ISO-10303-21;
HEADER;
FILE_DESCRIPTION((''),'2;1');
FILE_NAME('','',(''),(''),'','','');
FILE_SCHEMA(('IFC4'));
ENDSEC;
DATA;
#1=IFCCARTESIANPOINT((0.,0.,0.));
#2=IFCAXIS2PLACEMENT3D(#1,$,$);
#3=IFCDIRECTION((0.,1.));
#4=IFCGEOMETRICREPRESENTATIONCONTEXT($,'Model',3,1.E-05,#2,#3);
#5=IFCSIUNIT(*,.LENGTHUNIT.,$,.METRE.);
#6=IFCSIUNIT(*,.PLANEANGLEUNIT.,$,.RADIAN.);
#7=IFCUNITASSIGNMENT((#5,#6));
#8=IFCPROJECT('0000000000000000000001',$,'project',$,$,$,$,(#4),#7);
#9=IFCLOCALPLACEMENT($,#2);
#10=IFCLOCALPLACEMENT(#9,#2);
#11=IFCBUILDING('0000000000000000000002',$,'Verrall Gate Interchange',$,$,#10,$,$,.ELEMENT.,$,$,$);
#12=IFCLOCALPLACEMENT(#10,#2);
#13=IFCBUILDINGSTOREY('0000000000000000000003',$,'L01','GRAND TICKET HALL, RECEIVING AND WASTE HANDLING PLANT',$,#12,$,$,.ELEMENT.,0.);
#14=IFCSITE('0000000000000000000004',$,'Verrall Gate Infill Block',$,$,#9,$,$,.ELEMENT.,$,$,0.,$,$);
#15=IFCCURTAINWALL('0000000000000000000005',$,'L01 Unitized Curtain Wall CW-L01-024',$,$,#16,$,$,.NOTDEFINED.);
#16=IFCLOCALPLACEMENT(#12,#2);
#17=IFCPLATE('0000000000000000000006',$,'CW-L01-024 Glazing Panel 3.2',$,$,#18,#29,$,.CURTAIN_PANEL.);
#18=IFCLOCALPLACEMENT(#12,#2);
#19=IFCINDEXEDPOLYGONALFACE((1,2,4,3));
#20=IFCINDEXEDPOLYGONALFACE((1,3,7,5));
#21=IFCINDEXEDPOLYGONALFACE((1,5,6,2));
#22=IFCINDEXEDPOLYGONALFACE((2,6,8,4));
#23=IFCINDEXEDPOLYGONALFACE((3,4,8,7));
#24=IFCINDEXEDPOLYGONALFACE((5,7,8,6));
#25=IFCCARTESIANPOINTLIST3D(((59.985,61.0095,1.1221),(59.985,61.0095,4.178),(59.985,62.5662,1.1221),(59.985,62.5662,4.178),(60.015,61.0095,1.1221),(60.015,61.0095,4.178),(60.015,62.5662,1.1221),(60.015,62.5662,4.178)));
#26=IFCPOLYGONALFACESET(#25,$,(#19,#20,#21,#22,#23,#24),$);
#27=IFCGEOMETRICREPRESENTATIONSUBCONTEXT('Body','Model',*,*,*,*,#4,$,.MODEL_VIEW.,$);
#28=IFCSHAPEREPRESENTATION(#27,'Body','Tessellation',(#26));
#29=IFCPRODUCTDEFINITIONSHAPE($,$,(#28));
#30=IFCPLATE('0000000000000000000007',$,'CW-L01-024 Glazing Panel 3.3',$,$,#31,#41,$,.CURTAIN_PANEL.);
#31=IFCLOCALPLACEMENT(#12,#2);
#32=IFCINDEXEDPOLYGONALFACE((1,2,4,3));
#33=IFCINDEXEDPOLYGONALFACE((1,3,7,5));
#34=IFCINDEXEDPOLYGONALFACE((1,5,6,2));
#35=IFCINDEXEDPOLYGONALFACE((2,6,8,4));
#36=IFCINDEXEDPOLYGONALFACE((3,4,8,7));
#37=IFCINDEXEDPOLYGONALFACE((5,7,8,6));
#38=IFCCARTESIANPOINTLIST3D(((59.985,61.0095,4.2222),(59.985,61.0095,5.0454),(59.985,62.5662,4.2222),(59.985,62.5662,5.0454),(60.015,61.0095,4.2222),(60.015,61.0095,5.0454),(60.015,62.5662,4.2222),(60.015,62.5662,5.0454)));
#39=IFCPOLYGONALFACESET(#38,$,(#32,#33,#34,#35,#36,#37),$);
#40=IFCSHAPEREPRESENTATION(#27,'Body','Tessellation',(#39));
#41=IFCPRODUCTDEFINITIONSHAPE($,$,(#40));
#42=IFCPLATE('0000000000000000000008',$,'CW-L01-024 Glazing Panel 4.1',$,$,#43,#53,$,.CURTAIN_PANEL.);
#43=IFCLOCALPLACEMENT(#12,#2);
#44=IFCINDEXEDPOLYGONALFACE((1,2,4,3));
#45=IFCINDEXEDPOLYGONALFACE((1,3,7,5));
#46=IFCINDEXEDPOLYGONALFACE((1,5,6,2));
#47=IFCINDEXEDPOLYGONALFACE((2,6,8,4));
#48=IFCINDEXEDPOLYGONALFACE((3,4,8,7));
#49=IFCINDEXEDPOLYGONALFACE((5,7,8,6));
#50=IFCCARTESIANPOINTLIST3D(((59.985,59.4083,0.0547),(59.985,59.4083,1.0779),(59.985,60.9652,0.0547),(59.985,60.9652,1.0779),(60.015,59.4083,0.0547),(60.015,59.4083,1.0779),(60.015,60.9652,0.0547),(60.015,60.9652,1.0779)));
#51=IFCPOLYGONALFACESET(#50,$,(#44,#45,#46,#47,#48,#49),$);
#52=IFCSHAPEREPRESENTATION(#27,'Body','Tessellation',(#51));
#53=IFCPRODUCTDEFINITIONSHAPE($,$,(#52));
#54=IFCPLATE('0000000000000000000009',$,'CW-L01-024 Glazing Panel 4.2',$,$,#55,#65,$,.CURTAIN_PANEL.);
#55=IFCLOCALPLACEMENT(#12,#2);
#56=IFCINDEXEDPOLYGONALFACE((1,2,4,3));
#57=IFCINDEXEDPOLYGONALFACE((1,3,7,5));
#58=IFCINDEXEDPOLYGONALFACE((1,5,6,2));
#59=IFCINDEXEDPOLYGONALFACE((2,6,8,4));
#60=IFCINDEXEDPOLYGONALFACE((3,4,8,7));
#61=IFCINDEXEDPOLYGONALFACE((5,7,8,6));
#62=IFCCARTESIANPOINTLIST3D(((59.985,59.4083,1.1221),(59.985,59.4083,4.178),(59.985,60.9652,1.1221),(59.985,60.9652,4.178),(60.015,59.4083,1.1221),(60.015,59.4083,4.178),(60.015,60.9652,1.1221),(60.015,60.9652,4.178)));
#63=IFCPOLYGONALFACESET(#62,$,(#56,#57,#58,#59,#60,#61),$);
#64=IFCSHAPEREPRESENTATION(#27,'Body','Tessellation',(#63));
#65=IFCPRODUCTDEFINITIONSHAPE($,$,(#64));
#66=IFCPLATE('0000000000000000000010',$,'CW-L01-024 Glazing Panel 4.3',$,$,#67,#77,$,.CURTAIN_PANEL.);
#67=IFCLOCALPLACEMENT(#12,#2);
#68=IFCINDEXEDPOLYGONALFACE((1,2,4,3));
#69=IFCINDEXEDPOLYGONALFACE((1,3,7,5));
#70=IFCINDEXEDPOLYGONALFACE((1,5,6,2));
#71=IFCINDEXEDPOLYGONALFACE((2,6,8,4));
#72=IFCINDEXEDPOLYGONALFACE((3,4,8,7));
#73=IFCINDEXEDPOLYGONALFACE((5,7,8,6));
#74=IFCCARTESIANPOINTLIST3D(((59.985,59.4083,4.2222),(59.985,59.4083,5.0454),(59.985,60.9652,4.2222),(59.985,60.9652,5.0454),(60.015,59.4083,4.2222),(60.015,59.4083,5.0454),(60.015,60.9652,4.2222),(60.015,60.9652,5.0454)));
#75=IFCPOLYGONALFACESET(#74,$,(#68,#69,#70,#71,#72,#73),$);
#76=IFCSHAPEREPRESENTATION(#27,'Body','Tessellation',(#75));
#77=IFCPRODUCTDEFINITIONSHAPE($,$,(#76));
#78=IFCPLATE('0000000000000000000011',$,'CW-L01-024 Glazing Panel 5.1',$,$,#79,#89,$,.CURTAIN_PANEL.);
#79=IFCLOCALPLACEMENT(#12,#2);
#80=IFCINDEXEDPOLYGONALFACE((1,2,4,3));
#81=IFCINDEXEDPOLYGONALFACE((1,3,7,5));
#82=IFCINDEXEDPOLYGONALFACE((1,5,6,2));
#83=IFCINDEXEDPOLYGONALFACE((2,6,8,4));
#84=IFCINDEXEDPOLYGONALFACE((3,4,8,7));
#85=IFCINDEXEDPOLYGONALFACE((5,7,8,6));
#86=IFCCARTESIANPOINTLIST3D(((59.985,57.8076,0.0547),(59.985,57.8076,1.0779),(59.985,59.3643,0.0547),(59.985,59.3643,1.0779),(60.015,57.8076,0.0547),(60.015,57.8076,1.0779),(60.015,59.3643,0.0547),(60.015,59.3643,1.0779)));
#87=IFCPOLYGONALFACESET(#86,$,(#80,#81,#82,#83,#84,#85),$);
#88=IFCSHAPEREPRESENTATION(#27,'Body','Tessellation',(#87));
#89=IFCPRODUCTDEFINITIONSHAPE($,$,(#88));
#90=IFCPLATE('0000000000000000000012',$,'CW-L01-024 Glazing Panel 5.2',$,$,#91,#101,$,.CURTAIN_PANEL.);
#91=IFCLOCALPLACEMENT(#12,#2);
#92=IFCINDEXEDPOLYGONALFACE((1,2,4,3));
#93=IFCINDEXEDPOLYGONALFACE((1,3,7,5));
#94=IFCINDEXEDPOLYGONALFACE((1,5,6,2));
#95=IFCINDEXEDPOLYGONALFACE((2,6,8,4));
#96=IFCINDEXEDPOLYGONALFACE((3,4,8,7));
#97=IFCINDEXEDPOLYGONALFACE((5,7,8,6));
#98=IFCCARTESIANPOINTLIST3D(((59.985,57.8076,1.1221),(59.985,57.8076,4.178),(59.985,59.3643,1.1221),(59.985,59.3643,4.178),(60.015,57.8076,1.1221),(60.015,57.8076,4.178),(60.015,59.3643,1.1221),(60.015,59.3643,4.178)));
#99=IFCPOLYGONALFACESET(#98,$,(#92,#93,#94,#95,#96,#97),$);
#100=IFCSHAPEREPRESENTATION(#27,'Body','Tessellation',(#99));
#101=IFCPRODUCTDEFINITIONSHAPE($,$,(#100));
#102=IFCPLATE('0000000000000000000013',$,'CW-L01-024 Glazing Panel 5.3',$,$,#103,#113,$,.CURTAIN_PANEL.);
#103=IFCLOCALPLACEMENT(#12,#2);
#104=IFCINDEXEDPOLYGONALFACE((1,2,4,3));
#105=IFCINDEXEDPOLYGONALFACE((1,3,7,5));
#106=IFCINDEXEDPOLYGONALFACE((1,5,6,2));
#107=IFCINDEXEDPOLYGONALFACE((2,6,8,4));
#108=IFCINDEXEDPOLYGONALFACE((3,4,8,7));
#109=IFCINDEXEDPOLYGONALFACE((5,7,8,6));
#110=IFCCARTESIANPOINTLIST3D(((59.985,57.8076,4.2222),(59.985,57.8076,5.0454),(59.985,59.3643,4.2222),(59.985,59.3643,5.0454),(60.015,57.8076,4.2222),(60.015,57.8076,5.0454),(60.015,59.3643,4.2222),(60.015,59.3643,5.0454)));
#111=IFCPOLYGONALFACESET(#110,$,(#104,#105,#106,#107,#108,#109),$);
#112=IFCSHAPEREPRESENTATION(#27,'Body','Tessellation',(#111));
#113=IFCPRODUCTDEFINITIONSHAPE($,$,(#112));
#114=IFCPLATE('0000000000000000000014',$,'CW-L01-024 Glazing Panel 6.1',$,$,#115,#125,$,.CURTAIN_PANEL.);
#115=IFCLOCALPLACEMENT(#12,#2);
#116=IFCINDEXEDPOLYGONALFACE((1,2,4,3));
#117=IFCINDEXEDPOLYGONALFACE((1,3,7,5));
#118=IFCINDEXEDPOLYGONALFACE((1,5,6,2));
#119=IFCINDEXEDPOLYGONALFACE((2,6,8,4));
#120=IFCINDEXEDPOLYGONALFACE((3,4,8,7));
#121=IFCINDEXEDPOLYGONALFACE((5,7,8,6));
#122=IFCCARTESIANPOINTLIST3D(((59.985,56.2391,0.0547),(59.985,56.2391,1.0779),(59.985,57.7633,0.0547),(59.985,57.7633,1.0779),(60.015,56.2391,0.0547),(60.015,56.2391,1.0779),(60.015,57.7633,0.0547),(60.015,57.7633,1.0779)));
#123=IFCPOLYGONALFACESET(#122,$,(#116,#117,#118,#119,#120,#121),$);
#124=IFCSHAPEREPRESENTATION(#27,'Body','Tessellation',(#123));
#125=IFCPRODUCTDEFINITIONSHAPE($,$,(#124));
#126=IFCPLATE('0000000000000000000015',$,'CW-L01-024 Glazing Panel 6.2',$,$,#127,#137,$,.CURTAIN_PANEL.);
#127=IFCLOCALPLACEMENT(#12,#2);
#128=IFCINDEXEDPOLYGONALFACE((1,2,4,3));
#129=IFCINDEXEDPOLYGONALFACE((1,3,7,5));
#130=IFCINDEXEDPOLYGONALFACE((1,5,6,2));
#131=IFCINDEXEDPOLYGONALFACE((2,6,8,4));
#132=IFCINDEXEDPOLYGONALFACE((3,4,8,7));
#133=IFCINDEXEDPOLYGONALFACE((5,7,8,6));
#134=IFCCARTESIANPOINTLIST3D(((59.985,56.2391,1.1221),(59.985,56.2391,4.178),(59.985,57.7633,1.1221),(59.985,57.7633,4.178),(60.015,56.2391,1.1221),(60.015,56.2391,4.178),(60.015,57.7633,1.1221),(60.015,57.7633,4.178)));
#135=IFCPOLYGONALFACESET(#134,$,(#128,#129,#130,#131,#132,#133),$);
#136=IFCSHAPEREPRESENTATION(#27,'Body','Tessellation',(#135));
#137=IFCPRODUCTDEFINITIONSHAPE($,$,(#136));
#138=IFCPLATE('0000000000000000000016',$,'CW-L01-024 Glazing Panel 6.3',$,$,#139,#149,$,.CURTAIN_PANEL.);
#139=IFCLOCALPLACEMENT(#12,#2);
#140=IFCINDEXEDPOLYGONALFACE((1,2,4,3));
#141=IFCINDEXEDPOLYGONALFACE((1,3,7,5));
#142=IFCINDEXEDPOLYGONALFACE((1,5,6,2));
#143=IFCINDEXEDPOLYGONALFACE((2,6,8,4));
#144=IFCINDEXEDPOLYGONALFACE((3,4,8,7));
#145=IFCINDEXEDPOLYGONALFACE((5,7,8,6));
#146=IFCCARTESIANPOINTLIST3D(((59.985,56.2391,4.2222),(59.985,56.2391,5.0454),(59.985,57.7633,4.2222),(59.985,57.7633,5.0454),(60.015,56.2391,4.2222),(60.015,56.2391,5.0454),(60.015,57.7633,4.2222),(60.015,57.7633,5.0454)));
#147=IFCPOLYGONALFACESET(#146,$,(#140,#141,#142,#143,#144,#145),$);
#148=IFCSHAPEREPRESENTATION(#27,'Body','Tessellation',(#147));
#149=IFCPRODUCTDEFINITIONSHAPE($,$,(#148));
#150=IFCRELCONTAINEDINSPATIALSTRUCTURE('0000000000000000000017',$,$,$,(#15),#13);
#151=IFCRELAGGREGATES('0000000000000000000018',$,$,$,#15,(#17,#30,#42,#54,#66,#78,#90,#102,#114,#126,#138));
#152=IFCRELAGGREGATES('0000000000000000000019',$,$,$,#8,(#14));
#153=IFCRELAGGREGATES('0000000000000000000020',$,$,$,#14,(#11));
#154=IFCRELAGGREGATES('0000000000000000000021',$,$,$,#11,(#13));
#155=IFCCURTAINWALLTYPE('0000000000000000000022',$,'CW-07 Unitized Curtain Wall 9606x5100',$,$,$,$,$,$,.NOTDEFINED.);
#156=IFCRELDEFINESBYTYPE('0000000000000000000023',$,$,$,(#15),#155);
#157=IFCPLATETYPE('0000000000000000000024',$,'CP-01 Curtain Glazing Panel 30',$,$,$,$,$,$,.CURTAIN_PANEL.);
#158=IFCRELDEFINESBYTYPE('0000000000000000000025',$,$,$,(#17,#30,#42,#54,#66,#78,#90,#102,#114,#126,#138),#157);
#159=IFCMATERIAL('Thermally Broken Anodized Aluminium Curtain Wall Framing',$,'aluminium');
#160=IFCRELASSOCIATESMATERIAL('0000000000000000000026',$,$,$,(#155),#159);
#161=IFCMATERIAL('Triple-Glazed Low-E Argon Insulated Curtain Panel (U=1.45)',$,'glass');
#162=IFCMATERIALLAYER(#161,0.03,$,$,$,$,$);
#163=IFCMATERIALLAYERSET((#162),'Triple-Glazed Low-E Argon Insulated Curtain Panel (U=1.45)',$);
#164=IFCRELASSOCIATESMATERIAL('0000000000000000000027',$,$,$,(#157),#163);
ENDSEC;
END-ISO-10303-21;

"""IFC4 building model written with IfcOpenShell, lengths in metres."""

from ifc_helpers import new_model, si_unit, direction, frame, origin, origin_2d, place, context, subcontext, project, spatial, rectangle, extrude, material, layer, layer_set, type_object, element, aggregate, save


model = new_model("IFC4")

# Units and contexts
model_context = context("Model", 3, precision=1e-05, world=origin(), true_north=direction((0.0, 1.0)))
body_context = subcontext(model_context, "Body", "Model", "MODEL_VIEW")
ifc_project = project(units=[si_unit("LENGTHUNIT", "METRE"), si_unit("PLANEANGLEUNIT", "RADIAN")], contexts=[model_context])

# Site, building, storey
site_placement = place(None, origin())
site = spatial("IfcSite", under=ifc_project, at=site_placement, Name="Verrall Gate Infill Block", CompositionType="ELEMENT", RefElevation=0.0)
building_placement = place(site_placement, origin())
building = spatial("IfcBuilding", under=site, at=building_placement, Name="Verrall Gate Interchange", CompositionType="ELEMENT")
storey_placement = place(building_placement, origin())
storey = spatial("IfcBuildingStorey", under=building, at=storey_placement, Name="L01", Description="GRAND TICKET HALL, RECEIVING AND WASTE HANDLING PLANT", CompositionType="ELEMENT", Elevation=0.0)

# Curtain wall
ifc_material_1 = material(Name="Thermally Broken Anodized Aluminium Curtain Wall Framing", Category="aluminium")
curtain_wall_type_1 = type_object("IfcCurtainWallType", Name="CW-07 Unitized Curtain Wall 9606x5100", PredefinedType="NOTDEFINED", material=ifc_material_1)
curtain_wall_1_placement = place(storey_placement, origin())
curtain_wall_1 = element("IfcCurtainWall", 1, at=curtain_wall_1_placement, inside=storey, type_object=curtain_wall_type_1, Name="L01 Unitized Curtain Wall CW-L01-024", PredefinedType="NOTDEFINED")

# Plates
ifc_material_2 = material(Name="Triple-Glazed Low-E Argon Insulated Curtain Panel (U=1.45)", Category="glass")
ifc_layer = layer(ifc_material_2, 0.03)
ifc_layer_set = layer_set([ifc_layer], Name="Triple-Glazed Low-E Argon Insulated Curtain Panel (U=1.45)")
plate_type = type_object("IfcPlateType", Name="CP-01 Curtain Glazing Panel 30", PredefinedType="CURTAIN_PANEL", material=ifc_layer_set)
plate_1_placement = place(storey_placement, frame((60.0, 61.7878, 1.1221), z_axis=(0.0, 0.0, 1.0), x_axis=(0.0, -1.0, 0.0)))
plate_1 = element("IfcPlate", 2, at=plate_1_placement, type_object=plate_type, Name="CW-L01-024 Glazing Panel 3.2", PredefinedType="CURTAIN_PANEL", context=body_context, shape_type="SweptSolid", body=[
    extrude(rectangle(XDim=1.5566, YDim=0.03, at=origin_2d()), origin(), (0.0, 0.0, 1.0), 3.0559),
])
plate_2_placement = place(storey_placement, frame((60.0, 61.7878, 4.2222), z_axis=(0.0, 0.0, 1.0), x_axis=(0.0, -1.0, 0.0)))
plate_2 = element("IfcPlate", 3, at=plate_2_placement, type_object=plate_type, Name="CW-L01-024 Glazing Panel 3.3", PredefinedType="CURTAIN_PANEL", context=body_context, shape_type="SweptSolid", body=[
    extrude(rectangle(XDim=1.5566, YDim=0.03, at=origin_2d()), origin(), (0.0, 0.0, 1.0), 0.8232),
])
plate_3_placement = place(storey_placement, frame((60.0, 60.1868, 0.0547), z_axis=(0.0, 0.0, 1.0), x_axis=(0.0, -1.0, 0.0)))
plate_3 = element("IfcPlate", 4, at=plate_3_placement, type_object=plate_type, Name="CW-L01-024 Glazing Panel 4.1", PredefinedType="CURTAIN_PANEL", context=body_context, shape_type="SweptSolid", body=[
    extrude(rectangle(XDim=1.5569, YDim=0.03, at=origin_2d()), origin(), (0.0, 0.0, 1.0), 1.0232),
])
plate_4_placement = place(storey_placement, frame((60.0, 60.1868, 1.1221), z_axis=(0.0, 0.0, 1.0), x_axis=(0.0, -1.0, 0.0)))
plate_4 = element("IfcPlate", 5, at=plate_4_placement, type_object=plate_type, Name="CW-L01-024 Glazing Panel 4.2", PredefinedType="CURTAIN_PANEL", context=body_context, shape_type="SweptSolid", body=[
    extrude(rectangle(XDim=1.5569, YDim=0.03, at=origin_2d()), origin(), (0.0, 0.0, 1.0), 3.0559),
])
plate_5_placement = place(storey_placement, frame((60.0, 60.1868, 4.2222), z_axis=(0.0, 0.0, 1.0), x_axis=(0.0, -1.0, 0.0)))
plate_5 = element("IfcPlate", 6, at=plate_5_placement, type_object=plate_type, Name="CW-L01-024 Glazing Panel 4.3", PredefinedType="CURTAIN_PANEL", context=body_context, shape_type="SweptSolid", body=[
    extrude(rectangle(XDim=1.5569, YDim=0.03, at=origin_2d()), origin(), (0.0, 0.0, 1.0), 0.8232),
])
plate_6_placement = place(storey_placement, frame((60.0, 58.5859, 0.0547), z_axis=(0.0, 0.0, 1.0), x_axis=(0.0, -1.0, 0.0)))
plate_6 = element("IfcPlate", 7, at=plate_6_placement, type_object=plate_type, Name="CW-L01-024 Glazing Panel 5.1", PredefinedType="CURTAIN_PANEL", context=body_context, shape_type="SweptSolid", body=[
    extrude(rectangle(XDim=1.5566, YDim=0.03, at=origin_2d()), origin(), (0.0, 0.0, 1.0), 1.0232),
])
plate_7_placement = place(storey_placement, frame((60.0, 58.5859, 1.1221), z_axis=(0.0, 0.0, 1.0), x_axis=(0.0, -1.0, 0.0)))
plate_7 = element("IfcPlate", 8, at=plate_7_placement, type_object=plate_type, Name="CW-L01-024 Glazing Panel 5.2", PredefinedType="CURTAIN_PANEL", context=body_context, shape_type="SweptSolid", body=[
    extrude(rectangle(XDim=1.5566, YDim=0.03, at=origin_2d()), origin(), (0.0, 0.0, 1.0), 3.0559),
])
plate_8_placement = place(storey_placement, frame((60.0, 58.5859, 4.2222), z_axis=(0.0, 0.0, 1.0), x_axis=(0.0, -1.0, 0.0)))
plate_8 = element("IfcPlate", 9, at=plate_8_placement, type_object=plate_type, Name="CW-L01-024 Glazing Panel 5.3", PredefinedType="CURTAIN_PANEL", context=body_context, shape_type="SweptSolid", body=[
    extrude(rectangle(XDim=1.5566, YDim=0.03, at=origin_2d()), origin(), (0.0, 0.0, 1.0), 0.8232),
])
plate_9_placement = place(storey_placement, frame((60.0, 57.0012, 0.0547), z_axis=(0.0, 0.0, 1.0), x_axis=(0.0, -1.0, 0.0)))
plate_9 = element("IfcPlate", 10, at=plate_9_placement, type_object=plate_type, Name="CW-L01-024 Glazing Panel 6.1", PredefinedType="CURTAIN_PANEL", context=body_context, shape_type="SweptSolid", body=[
    extrude(rectangle(XDim=1.5242, YDim=0.03, at=origin_2d()), origin(), (0.0, 0.0, 1.0), 1.0232),
])
plate_10_placement = place(storey_placement, frame((60.0, 57.0012, 1.1221), z_axis=(0.0, 0.0, 1.0), x_axis=(0.0, -1.0, 0.0)))
plate_10 = element("IfcPlate", 11, at=plate_10_placement, type_object=plate_type, Name="CW-L01-024 Glazing Panel 6.2", PredefinedType="CURTAIN_PANEL", context=body_context, shape_type="SweptSolid", body=[
    extrude(rectangle(XDim=1.5242, YDim=0.03, at=origin_2d()), origin(), (0.0, 0.0, 1.0), 3.0559),
])
plate_11_placement = place(storey_placement, frame((60.0, 57.0012, 4.2222), z_axis=(0.0, 0.0, 1.0), x_axis=(0.0, -1.0, 0.0)))
plate_11 = element("IfcPlate", 12, at=plate_11_placement, type_object=plate_type, Name="CW-L01-024 Glazing Panel 6.3", PredefinedType="CURTAIN_PANEL", context=body_context, shape_type="SweptSolid", body=[
    extrude(rectangle(XDim=1.5242, YDim=0.03, at=origin_2d()), origin(), (0.0, 0.0, 1.0), 0.8232),
])
aggregate(curtain_wall_1, [plate_1, plate_2, plate_3, plate_4, plate_5, plate_6, plate_7, plate_8, plate_9, plate_10, plate_11])

save(model, "model.ifc")
